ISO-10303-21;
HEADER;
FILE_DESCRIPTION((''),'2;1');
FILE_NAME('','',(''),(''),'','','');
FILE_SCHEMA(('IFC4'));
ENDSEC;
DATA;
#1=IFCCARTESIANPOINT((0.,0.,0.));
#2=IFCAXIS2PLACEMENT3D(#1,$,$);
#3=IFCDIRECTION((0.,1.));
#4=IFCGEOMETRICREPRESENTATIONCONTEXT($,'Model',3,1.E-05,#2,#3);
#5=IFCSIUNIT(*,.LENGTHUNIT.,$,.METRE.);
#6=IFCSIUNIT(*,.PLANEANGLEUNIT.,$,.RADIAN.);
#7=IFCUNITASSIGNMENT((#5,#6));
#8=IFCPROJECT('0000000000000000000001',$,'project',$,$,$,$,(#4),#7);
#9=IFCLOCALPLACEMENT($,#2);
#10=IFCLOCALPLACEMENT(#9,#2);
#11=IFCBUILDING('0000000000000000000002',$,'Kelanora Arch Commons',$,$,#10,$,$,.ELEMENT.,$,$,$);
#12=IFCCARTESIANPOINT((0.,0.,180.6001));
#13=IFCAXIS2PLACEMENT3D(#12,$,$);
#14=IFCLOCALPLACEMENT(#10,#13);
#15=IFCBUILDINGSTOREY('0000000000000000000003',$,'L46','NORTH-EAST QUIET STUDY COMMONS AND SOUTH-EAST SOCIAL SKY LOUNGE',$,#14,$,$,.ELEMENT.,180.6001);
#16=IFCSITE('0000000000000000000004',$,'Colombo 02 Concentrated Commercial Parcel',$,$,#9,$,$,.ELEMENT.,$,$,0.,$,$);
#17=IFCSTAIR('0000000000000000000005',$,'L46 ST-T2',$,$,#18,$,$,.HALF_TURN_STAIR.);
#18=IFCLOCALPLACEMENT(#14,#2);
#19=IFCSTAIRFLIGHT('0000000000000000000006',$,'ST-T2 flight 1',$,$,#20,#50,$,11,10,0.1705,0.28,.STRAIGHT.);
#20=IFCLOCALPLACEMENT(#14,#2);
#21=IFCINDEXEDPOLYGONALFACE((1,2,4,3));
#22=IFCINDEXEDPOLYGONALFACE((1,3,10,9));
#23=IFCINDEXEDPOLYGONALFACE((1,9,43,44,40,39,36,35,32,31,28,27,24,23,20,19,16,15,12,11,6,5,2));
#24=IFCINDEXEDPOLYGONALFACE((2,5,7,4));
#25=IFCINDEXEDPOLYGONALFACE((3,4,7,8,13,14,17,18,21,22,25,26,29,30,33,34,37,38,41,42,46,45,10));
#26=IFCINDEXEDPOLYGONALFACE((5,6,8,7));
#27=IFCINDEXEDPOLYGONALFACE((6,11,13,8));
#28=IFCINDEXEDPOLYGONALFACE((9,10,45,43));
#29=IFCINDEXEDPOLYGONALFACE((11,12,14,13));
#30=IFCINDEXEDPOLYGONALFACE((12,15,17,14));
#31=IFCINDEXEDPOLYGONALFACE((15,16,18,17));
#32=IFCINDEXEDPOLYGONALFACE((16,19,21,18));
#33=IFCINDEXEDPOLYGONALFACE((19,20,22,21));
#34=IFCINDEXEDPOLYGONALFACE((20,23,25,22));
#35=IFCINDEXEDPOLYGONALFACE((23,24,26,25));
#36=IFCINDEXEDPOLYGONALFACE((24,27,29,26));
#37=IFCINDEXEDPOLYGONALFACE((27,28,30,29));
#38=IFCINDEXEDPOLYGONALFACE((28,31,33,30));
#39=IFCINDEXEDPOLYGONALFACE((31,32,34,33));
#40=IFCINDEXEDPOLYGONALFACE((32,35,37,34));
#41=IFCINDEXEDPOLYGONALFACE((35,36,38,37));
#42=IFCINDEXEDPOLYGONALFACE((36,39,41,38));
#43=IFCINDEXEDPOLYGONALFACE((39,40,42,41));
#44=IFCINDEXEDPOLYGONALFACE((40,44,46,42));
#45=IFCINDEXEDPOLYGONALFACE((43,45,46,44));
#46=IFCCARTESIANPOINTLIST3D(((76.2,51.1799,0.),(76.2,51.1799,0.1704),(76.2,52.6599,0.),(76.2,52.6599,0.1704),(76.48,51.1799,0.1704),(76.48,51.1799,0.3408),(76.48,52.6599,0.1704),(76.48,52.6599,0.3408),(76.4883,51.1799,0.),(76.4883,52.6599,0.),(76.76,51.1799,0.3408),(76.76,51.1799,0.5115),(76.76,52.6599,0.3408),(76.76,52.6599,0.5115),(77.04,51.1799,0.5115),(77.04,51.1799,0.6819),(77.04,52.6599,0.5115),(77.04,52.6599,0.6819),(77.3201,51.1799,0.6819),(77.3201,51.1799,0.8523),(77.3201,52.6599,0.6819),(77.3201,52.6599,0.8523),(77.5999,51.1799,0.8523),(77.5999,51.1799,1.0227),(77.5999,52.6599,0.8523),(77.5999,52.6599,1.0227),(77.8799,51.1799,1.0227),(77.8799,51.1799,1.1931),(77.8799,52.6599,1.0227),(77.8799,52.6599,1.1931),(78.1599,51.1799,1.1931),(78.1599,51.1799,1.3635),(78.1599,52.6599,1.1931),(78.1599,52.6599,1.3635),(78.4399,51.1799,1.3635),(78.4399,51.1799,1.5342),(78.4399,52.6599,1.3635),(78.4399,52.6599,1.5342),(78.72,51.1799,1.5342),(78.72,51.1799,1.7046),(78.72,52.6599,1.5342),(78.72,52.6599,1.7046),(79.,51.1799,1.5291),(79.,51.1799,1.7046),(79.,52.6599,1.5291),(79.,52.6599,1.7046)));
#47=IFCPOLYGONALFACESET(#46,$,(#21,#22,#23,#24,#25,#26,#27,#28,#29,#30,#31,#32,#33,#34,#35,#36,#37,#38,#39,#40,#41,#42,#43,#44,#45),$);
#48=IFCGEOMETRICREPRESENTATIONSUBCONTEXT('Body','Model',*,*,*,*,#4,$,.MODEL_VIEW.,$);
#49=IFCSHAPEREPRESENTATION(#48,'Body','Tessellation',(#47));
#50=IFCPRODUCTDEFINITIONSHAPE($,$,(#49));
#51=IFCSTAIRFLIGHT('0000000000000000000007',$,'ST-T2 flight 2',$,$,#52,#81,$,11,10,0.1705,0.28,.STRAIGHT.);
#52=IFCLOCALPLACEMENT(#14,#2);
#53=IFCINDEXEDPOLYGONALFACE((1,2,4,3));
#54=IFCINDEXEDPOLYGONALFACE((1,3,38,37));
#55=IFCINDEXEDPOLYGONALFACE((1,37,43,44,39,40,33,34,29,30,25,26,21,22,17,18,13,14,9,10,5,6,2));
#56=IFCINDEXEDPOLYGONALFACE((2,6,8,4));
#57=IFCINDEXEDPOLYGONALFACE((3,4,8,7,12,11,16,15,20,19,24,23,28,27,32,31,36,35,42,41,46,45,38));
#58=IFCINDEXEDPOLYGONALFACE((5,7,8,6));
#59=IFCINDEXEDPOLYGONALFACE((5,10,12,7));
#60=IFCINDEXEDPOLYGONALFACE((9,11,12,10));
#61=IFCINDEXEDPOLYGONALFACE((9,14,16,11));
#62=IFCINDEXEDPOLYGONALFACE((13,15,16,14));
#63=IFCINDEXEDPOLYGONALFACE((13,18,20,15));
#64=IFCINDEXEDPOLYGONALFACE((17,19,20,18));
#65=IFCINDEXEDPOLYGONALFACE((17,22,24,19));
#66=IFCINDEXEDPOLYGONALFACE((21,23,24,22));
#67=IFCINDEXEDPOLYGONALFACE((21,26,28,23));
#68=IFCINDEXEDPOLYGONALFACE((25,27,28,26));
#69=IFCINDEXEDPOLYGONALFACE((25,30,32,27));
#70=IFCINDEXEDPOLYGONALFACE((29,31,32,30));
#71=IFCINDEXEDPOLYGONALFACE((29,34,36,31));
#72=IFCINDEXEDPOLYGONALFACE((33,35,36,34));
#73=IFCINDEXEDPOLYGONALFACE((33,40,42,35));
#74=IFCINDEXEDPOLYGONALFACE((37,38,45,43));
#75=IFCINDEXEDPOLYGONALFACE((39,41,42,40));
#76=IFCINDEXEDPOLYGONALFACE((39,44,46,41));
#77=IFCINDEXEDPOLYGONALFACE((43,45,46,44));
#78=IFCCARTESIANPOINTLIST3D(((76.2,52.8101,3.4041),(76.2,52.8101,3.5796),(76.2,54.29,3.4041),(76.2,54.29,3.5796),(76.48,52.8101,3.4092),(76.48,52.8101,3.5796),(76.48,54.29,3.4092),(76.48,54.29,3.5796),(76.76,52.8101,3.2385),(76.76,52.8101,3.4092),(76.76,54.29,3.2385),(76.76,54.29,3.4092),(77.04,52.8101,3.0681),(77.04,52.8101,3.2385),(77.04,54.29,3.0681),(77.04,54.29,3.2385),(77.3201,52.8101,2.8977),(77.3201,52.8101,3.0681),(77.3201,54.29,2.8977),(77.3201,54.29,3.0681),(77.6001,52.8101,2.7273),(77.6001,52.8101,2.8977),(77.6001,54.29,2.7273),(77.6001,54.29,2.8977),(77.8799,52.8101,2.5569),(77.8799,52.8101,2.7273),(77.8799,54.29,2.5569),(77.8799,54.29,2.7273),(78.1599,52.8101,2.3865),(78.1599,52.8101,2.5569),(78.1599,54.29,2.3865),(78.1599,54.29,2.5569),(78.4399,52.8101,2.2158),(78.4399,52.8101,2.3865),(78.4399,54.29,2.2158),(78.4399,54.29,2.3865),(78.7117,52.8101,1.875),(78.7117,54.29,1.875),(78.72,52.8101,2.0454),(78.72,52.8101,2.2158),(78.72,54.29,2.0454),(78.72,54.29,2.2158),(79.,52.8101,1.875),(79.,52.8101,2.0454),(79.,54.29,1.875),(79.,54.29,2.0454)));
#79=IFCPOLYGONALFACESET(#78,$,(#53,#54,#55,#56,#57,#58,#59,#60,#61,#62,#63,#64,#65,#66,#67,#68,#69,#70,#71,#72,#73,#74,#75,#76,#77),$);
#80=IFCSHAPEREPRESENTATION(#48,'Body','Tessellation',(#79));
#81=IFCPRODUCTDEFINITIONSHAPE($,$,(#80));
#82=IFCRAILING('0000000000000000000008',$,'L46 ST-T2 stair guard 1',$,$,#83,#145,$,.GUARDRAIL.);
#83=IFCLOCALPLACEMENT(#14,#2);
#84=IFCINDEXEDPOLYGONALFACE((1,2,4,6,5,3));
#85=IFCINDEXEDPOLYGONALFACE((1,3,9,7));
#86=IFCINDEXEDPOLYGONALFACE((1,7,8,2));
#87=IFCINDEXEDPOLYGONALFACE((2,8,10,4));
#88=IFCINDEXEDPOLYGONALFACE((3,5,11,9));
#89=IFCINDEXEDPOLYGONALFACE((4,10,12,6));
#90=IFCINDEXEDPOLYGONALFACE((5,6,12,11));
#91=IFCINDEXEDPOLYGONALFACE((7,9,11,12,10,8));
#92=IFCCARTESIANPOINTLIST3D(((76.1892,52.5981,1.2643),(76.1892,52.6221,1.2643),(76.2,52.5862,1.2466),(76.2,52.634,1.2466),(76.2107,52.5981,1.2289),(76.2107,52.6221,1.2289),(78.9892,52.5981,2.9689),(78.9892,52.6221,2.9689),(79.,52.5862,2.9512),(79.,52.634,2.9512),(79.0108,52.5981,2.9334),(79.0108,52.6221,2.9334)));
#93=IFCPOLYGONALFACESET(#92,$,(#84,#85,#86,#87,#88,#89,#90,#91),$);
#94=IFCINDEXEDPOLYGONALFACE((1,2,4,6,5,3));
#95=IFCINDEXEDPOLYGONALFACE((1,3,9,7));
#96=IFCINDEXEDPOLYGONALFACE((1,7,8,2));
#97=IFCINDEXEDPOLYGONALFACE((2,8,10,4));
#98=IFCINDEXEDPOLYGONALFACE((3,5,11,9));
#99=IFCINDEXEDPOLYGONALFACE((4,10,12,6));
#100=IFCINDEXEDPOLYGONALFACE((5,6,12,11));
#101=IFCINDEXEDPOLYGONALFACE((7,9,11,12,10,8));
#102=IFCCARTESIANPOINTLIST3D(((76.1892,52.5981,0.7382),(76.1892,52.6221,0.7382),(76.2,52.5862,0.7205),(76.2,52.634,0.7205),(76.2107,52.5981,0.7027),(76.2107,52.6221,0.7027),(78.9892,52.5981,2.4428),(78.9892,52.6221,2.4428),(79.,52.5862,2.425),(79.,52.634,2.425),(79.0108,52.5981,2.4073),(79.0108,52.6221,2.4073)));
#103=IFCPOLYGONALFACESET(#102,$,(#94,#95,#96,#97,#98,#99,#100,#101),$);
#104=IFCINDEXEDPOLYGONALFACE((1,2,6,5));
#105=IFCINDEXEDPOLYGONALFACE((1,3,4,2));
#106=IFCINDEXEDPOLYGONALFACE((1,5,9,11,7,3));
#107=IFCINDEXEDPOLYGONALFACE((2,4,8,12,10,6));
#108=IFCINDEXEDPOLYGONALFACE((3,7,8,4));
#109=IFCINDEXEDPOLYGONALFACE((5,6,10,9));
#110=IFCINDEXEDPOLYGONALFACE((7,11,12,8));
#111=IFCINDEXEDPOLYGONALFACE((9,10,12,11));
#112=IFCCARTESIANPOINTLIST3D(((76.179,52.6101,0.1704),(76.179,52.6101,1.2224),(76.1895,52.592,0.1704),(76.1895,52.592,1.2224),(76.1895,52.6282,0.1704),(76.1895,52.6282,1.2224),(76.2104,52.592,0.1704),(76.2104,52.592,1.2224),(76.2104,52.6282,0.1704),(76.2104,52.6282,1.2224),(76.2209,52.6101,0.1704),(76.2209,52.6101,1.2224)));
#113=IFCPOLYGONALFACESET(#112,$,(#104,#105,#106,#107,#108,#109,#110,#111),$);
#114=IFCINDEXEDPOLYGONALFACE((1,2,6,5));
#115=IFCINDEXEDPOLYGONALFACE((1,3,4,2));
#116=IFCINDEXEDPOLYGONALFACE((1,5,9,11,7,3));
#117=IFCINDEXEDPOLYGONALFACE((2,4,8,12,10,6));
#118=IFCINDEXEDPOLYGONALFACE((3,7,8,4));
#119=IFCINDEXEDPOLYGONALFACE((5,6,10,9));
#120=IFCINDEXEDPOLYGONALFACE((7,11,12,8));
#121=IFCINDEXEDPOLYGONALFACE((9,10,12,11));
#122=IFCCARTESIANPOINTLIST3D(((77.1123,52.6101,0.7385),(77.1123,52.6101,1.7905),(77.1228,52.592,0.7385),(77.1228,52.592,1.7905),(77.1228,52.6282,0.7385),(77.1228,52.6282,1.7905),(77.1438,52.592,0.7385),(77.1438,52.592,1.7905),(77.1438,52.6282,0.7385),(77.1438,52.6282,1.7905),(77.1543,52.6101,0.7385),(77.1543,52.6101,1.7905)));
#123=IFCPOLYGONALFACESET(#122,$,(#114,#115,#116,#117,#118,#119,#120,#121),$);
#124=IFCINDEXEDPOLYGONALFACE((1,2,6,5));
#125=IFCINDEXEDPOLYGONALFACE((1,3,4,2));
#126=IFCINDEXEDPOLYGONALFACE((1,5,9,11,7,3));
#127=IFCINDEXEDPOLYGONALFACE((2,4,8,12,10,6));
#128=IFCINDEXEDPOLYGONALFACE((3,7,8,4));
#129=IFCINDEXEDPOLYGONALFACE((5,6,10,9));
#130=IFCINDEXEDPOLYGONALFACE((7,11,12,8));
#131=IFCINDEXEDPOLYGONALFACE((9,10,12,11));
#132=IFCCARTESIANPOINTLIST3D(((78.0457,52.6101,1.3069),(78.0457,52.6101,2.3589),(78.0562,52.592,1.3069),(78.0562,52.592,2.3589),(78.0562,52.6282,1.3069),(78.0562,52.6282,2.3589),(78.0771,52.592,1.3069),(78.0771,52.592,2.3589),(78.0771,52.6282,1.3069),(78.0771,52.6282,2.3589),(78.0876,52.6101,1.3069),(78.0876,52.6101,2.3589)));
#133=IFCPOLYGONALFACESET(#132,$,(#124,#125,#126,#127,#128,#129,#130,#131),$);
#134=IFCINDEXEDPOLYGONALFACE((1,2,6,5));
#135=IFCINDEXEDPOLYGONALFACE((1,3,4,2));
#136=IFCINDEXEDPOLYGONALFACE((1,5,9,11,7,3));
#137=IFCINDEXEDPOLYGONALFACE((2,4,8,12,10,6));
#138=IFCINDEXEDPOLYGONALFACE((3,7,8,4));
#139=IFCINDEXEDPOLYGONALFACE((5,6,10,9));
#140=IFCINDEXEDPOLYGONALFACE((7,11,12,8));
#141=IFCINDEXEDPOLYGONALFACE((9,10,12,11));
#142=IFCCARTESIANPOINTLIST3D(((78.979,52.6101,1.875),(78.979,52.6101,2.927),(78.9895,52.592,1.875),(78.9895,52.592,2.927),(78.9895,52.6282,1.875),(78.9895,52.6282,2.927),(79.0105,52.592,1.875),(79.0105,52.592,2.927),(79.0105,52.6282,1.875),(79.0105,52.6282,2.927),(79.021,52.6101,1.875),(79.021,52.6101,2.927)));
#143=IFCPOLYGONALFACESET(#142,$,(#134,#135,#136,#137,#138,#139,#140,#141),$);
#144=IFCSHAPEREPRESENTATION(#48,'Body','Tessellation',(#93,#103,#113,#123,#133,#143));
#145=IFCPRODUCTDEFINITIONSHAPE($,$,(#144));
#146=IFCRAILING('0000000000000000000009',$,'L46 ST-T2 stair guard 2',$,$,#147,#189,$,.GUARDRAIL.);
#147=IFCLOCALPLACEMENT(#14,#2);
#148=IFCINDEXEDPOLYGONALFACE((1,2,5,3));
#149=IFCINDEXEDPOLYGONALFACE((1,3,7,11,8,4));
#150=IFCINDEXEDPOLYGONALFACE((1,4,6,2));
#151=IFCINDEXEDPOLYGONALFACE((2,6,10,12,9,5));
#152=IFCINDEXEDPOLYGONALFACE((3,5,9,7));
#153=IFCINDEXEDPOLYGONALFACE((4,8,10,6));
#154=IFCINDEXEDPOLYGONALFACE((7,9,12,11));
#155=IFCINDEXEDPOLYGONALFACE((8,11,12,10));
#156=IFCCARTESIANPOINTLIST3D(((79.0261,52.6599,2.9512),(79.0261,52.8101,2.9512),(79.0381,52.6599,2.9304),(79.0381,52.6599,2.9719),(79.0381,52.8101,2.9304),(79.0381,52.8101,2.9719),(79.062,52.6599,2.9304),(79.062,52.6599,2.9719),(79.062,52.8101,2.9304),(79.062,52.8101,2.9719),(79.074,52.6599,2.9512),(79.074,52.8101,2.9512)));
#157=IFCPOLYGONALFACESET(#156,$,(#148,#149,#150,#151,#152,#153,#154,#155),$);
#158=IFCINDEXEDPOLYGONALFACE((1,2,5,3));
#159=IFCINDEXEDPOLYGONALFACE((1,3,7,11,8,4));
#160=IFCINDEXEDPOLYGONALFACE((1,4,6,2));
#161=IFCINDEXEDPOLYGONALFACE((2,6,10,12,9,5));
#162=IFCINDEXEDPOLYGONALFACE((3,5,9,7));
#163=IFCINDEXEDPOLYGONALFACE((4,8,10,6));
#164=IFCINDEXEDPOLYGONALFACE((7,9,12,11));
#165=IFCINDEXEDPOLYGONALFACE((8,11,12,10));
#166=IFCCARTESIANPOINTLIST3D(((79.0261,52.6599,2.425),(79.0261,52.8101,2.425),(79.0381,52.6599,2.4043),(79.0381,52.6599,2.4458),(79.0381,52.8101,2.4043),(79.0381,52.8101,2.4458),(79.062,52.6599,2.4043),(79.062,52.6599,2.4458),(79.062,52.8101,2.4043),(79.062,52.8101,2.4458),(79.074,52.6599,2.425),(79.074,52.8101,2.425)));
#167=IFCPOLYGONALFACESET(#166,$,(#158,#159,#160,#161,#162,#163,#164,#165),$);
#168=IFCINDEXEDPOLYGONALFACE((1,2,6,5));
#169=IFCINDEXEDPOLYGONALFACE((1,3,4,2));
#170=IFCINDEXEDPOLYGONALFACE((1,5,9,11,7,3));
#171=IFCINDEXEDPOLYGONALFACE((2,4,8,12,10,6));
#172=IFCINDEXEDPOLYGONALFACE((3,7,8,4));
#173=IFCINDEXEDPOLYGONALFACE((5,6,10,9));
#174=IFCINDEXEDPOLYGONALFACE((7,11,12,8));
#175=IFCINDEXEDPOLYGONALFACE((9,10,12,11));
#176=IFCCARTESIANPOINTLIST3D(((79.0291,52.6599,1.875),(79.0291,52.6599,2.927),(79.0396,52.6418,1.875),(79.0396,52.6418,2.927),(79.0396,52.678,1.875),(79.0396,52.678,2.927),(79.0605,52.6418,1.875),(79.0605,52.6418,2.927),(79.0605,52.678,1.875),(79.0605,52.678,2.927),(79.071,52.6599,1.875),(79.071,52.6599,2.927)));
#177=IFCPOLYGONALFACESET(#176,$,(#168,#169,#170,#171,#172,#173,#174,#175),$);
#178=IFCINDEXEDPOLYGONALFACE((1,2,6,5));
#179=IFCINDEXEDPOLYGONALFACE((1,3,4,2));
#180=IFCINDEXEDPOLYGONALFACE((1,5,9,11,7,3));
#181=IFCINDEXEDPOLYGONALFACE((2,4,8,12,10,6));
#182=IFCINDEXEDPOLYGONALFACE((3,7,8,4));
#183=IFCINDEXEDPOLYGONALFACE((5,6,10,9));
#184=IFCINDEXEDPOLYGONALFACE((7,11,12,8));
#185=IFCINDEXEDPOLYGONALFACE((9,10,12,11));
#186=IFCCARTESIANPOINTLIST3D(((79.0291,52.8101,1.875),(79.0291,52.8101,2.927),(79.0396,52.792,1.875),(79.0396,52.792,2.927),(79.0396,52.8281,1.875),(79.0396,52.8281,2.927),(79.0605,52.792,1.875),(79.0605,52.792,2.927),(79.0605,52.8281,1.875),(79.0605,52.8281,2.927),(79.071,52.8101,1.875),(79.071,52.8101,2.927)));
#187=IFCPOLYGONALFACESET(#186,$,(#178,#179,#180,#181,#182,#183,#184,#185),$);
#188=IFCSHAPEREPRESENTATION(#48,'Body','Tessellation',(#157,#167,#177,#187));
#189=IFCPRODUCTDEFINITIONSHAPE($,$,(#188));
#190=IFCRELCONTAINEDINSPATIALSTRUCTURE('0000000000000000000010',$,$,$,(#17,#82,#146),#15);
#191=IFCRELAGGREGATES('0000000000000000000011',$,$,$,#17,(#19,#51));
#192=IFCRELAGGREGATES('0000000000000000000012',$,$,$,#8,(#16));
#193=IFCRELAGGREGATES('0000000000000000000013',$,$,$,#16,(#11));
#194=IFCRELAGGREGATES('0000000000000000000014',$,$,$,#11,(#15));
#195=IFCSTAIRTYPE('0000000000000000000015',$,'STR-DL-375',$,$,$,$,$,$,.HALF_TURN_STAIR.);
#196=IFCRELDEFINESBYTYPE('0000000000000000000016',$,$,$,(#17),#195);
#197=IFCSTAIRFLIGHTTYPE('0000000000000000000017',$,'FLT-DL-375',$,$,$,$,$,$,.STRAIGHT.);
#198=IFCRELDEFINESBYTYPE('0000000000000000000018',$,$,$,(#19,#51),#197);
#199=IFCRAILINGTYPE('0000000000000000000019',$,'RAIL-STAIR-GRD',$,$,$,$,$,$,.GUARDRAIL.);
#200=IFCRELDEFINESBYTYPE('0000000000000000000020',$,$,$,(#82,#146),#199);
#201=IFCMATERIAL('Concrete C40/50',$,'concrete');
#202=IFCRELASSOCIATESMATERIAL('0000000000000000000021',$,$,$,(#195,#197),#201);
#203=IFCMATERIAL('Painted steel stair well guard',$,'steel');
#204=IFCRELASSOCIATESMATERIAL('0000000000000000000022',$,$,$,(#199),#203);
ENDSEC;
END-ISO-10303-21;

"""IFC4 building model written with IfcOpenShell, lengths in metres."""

from ifc_helpers import new_model, si_unit, direction, frame, origin, place, context, subcontext, project, spatial, polyline, outline, extrude, material, type_object, element, aggregate, save


model = new_model("IFC4")

# Units and contexts
model_context = context("Model", 3, precision=1e-05, world=origin(), true_north=direction((0.0, 1.0)))
body_context = subcontext(model_context, "Body", "Model", "MODEL_VIEW")
ifc_project = project(units=[si_unit("LENGTHUNIT", "METRE"), si_unit("PLANEANGLEUNIT", "RADIAN")], contexts=[model_context])

# Site, building, storey
site_placement = place(None, origin())
site = spatial("IfcSite", under=ifc_project, at=site_placement, Name="Colombo 02 Concentrated Commercial Parcel", CompositionType="ELEMENT", RefElevation=0.0)
building_placement = place(site_placement, origin())
building = spatial("IfcBuilding", under=site, at=building_placement, Name="Kelanora Arch Commons", CompositionType="ELEMENT")
storey_placement = place(building_placement, frame((0.0, 0.0, 180.6001)))
storey = spatial("IfcBuildingStorey", under=building, at=storey_placement, Name="L46", Description="NORTH-EAST QUIET STUDY COMMONS AND SOUTH-EAST SOCIAL SKY LOUNGE", CompositionType="ELEMENT", Elevation=180.6001)

# Shared definitions
ifc_material_1 = material(Name="Concrete C40/50", Category="concrete")

# Stair, stair flights
stair_type = type_object("IfcStairType", Name="STR-DL-375", PredefinedType="HALF_TURN_STAIR", material=ifc_material_1)
stair_placement = place(storey_placement, origin())
stair = element("IfcStair", 1, at=stair_placement, inside=storey, type_object=stair_type, Name="L46 ST-T2", PredefinedType="HALF_TURN_STAIR")
stair_flight_type = type_object("IfcStairFlightType", Name="FLT-DL-375", PredefinedType="STRAIGHT", material=ifc_material_1)
stair_flight_1_placement = place(storey_placement, frame((76.2, 51.9199, 0.0), z_axis=(0.0, 0.0, 1.0), x_axis=(1.0, 0.0, 0.0)))
stair_flight_1 = element("IfcStairFlight", 2, at=stair_flight_1_placement, type_object=stair_flight_type, Name="ST-T2 flight 1", NumberOfRisers=11, NumberOfTreads=10, PredefinedType="STRAIGHT", RiserHeight=0.1705, TreadLength=0.28, context=body_context, shape_type="SweptSolid", body=[
    extrude(outline(polyline([(0.0, 0.0), (0.0, 0.1704), (0.28, 0.1704), (0.28, 0.3408), (0.5601, 0.3408), (0.5601, 0.5115), (0.8401, 0.5115), (0.8401, 0.6819), (1.1201, 0.6819), (1.1201, 0.8523), (1.3999, 0.8523), (1.3999, 1.0227), (1.6799, 1.0227), (1.6799, 1.1931), (1.96, 1.1931), (1.96, 1.3635), (2.24, 1.3635), (2.24, 1.5342), (2.52, 1.5342), (2.52, 1.7046), (2.8, 1.7046), (2.8, 1.875), (2.8, 1.5291), (0.2883, 0.0), (0.0, 0.0)])), frame((0.0, 0.74, 0.0), z_axis=(0.0, -1.0, 0.0), x_axis=(1.0, 0.0, 0.0)), (0.0, 0.0, 1.0), 1.48),
])
stair_flight_2_placement = place(storey_placement, frame((79.0, 53.55, 1.875), z_axis=(0.0, 0.0, 1.0), x_axis=(-1.0, 0.0, 0.0)))
stair_flight_2 = element("IfcStairFlight", 3, at=stair_flight_2_placement, type_object=stair_flight_type, Name="ST-T2 flight 2", NumberOfRisers=11, NumberOfTreads=10, PredefinedType="STRAIGHT", RiserHeight=0.1705, TreadLength=0.28, context=body_context, shape_type="SweptSolid", body=[
    extrude(outline(polyline([(0.0, 0.0), (0.0, 0.1704), (0.28, 0.1704), (0.28, 0.3408), (0.5601, 0.3408), (0.5601, 0.5115), (0.8401, 0.5115), (0.8401, 0.6819), (1.1201, 0.6819), (1.1201, 0.8523), (1.3999, 0.8523), (1.3999, 1.0227), (1.6799, 1.0227), (1.6799, 1.1931), (1.96, 1.1931), (1.96, 1.3635), (2.24, 1.3635), (2.24, 1.5342), (2.52, 1.5342), (2.52, 1.7046), (2.8, 1.7046), (2.8, 1.875), (2.8, 1.5291), (0.2883, 0.0), (0.0, 0.0)])), frame((0.0, 0.74, 0.0), z_axis=(0.0, -1.0, 0.0), x_axis=(1.0, 0.0, 0.0)), (0.0, 0.0, 1.0), 1.48),
])
aggregate(stair, [stair_flight_1, stair_flight_2])

# Railings
ifc_material_2 = material(Name="Painted steel stair well guard", Category="steel")
railing_type_1 = type_object("IfcRailingType", Name="RAIL-STAIR-GRD", PredefinedType="GUARDRAIL", material=ifc_material_2)
railing_1_placement = place(storey_placement, frame((76.2, 52.6101, 0.1704)))
element("IfcRailing", 4, at=railing_1_placement, inside=storey, type_object=railing_type_1, Name="L46 ST-T2 stair guard 1", PredefinedType="GUARDRAIL", context=body_context, shape_type="SweptSolid", body=[
    extrude(outline(polyline([(0.0239, 0.0), (0.012, 0.0208), (-0.012, 0.0208), (-0.0239, 0.0), (-0.012, -0.0208), (0.012, -0.0208), (0.0239, 0.0)])), frame((0.0, 0.0, 1.0762), z_axis=(0.85417, 0.0, 0.519994), x_axis=(0.0, 1.0, 0.0)), (0.0, 0.0, 1.0), 3.2781),
    extrude(outline(polyline([(0.0239, 0.0), (0.012, 0.0208), (-0.012, 0.0208), (-0.0239, 0.0), (-0.012, -0.0208), (0.012, -0.0208), (0.0239, 0.0)])), frame((0.0, 0.0, 0.55), z_axis=(0.85417, 0.0, 0.519994), x_axis=(0.0, 1.0, 0.0)), (0.0, 0.0, 1.0), 3.2781),
    extrude(outline(polyline([(0.021, 0.0), (0.0105, 0.0181), (-0.0105, 0.0181), (-0.021, 0.0), (-0.0105, -0.0181), (0.0105, -0.0181), (0.021, 0.0)])), origin(), (0.0, 0.0, 1.0), 1.052),
    extrude(outline(polyline([(0.021, 0.0), (0.0105, 0.0181), (-0.0105, 0.0181), (-0.021, 0.0), (-0.0105, -0.0181), (0.0105, -0.0181), (0.021, 0.0)])), frame((0.9333, 0.0, 0.5681)), (0.0, 0.0, 1.0), 1.052),
    extrude(outline(polyline([(0.021, 0.0), (0.0105, 0.0181), (-0.0105, 0.0181), (-0.021, 0.0), (-0.0105, -0.0181), (0.0105, -0.0181), (0.021, 0.0)])), frame((1.8667, 0.0, 1.1365)), (0.0, 0.0, 1.0), 1.052),
    extrude(outline(polyline([(0.021, 0.0), (0.0105, 0.0181), (-0.0105, 0.0181), (-0.021, 0.0), (-0.0105, -0.0181), (0.0105, -0.0181), (0.021, 0.0)])), frame((2.8, 0.0, 1.7046)), (0.0, 0.0, 1.0), 1.052),
])
railing_2_placement = place(storey_placement, frame((79.05, 52.6599, 1.875)))
element("IfcRailing", 5, at=railing_2_placement, inside=storey, type_object=railing_type_1, Name="L46 ST-T2 stair guard 2", PredefinedType="GUARDRAIL", context=body_context, shape_type="SweptSolid", body=[
    extrude(outline(polyline([(0.0239, 0.0), (0.012, 0.0208), (-0.012, 0.0208), (-0.0239, 0.0), (-0.012, -0.0208), (0.012, -0.0208), (0.0239, 0.0)])), frame((0.0, 0.0, 1.0762), z_axis=(0.0, 1.0, 0.0), x_axis=(-1.0, 0.0, 0.0)), (0.0, 0.0, 1.0), 0.1501),
    extrude(outline(polyline([(0.0239, 0.0), (0.012, 0.0208), (-0.012, 0.0208), (-0.0239, 0.0), (-0.012, -0.0208), (0.012, -0.0208), (0.0239, 0.0)])), frame((0.0, 0.0, 0.55), z_axis=(0.0, 1.0, 0.0), x_axis=(-1.0, 0.0, 0.0)), (0.0, 0.0, 1.0), 0.1501),
    extrude(outline(polyline([(0.021, 0.0), (0.0105, 0.0181), (-0.0105, 0.0181), (-0.021, 0.0), (-0.0105, -0.0181), (0.0105, -0.0181), (0.021, 0.0)])), origin(), (0.0, 0.0, 1.0), 1.052),
    extrude(outline(polyline([(0.021, 0.0), (0.0105, 0.0181), (-0.0105, 0.0181), (-0.021, 0.0), (-0.0105, -0.0181), (0.0105, -0.0181), (0.021, 0.0)])), frame((0.0, 0.1501, 0.0)), (0.0, 0.0, 1.0), 1.052),
])

save(model, "model.ifc")
